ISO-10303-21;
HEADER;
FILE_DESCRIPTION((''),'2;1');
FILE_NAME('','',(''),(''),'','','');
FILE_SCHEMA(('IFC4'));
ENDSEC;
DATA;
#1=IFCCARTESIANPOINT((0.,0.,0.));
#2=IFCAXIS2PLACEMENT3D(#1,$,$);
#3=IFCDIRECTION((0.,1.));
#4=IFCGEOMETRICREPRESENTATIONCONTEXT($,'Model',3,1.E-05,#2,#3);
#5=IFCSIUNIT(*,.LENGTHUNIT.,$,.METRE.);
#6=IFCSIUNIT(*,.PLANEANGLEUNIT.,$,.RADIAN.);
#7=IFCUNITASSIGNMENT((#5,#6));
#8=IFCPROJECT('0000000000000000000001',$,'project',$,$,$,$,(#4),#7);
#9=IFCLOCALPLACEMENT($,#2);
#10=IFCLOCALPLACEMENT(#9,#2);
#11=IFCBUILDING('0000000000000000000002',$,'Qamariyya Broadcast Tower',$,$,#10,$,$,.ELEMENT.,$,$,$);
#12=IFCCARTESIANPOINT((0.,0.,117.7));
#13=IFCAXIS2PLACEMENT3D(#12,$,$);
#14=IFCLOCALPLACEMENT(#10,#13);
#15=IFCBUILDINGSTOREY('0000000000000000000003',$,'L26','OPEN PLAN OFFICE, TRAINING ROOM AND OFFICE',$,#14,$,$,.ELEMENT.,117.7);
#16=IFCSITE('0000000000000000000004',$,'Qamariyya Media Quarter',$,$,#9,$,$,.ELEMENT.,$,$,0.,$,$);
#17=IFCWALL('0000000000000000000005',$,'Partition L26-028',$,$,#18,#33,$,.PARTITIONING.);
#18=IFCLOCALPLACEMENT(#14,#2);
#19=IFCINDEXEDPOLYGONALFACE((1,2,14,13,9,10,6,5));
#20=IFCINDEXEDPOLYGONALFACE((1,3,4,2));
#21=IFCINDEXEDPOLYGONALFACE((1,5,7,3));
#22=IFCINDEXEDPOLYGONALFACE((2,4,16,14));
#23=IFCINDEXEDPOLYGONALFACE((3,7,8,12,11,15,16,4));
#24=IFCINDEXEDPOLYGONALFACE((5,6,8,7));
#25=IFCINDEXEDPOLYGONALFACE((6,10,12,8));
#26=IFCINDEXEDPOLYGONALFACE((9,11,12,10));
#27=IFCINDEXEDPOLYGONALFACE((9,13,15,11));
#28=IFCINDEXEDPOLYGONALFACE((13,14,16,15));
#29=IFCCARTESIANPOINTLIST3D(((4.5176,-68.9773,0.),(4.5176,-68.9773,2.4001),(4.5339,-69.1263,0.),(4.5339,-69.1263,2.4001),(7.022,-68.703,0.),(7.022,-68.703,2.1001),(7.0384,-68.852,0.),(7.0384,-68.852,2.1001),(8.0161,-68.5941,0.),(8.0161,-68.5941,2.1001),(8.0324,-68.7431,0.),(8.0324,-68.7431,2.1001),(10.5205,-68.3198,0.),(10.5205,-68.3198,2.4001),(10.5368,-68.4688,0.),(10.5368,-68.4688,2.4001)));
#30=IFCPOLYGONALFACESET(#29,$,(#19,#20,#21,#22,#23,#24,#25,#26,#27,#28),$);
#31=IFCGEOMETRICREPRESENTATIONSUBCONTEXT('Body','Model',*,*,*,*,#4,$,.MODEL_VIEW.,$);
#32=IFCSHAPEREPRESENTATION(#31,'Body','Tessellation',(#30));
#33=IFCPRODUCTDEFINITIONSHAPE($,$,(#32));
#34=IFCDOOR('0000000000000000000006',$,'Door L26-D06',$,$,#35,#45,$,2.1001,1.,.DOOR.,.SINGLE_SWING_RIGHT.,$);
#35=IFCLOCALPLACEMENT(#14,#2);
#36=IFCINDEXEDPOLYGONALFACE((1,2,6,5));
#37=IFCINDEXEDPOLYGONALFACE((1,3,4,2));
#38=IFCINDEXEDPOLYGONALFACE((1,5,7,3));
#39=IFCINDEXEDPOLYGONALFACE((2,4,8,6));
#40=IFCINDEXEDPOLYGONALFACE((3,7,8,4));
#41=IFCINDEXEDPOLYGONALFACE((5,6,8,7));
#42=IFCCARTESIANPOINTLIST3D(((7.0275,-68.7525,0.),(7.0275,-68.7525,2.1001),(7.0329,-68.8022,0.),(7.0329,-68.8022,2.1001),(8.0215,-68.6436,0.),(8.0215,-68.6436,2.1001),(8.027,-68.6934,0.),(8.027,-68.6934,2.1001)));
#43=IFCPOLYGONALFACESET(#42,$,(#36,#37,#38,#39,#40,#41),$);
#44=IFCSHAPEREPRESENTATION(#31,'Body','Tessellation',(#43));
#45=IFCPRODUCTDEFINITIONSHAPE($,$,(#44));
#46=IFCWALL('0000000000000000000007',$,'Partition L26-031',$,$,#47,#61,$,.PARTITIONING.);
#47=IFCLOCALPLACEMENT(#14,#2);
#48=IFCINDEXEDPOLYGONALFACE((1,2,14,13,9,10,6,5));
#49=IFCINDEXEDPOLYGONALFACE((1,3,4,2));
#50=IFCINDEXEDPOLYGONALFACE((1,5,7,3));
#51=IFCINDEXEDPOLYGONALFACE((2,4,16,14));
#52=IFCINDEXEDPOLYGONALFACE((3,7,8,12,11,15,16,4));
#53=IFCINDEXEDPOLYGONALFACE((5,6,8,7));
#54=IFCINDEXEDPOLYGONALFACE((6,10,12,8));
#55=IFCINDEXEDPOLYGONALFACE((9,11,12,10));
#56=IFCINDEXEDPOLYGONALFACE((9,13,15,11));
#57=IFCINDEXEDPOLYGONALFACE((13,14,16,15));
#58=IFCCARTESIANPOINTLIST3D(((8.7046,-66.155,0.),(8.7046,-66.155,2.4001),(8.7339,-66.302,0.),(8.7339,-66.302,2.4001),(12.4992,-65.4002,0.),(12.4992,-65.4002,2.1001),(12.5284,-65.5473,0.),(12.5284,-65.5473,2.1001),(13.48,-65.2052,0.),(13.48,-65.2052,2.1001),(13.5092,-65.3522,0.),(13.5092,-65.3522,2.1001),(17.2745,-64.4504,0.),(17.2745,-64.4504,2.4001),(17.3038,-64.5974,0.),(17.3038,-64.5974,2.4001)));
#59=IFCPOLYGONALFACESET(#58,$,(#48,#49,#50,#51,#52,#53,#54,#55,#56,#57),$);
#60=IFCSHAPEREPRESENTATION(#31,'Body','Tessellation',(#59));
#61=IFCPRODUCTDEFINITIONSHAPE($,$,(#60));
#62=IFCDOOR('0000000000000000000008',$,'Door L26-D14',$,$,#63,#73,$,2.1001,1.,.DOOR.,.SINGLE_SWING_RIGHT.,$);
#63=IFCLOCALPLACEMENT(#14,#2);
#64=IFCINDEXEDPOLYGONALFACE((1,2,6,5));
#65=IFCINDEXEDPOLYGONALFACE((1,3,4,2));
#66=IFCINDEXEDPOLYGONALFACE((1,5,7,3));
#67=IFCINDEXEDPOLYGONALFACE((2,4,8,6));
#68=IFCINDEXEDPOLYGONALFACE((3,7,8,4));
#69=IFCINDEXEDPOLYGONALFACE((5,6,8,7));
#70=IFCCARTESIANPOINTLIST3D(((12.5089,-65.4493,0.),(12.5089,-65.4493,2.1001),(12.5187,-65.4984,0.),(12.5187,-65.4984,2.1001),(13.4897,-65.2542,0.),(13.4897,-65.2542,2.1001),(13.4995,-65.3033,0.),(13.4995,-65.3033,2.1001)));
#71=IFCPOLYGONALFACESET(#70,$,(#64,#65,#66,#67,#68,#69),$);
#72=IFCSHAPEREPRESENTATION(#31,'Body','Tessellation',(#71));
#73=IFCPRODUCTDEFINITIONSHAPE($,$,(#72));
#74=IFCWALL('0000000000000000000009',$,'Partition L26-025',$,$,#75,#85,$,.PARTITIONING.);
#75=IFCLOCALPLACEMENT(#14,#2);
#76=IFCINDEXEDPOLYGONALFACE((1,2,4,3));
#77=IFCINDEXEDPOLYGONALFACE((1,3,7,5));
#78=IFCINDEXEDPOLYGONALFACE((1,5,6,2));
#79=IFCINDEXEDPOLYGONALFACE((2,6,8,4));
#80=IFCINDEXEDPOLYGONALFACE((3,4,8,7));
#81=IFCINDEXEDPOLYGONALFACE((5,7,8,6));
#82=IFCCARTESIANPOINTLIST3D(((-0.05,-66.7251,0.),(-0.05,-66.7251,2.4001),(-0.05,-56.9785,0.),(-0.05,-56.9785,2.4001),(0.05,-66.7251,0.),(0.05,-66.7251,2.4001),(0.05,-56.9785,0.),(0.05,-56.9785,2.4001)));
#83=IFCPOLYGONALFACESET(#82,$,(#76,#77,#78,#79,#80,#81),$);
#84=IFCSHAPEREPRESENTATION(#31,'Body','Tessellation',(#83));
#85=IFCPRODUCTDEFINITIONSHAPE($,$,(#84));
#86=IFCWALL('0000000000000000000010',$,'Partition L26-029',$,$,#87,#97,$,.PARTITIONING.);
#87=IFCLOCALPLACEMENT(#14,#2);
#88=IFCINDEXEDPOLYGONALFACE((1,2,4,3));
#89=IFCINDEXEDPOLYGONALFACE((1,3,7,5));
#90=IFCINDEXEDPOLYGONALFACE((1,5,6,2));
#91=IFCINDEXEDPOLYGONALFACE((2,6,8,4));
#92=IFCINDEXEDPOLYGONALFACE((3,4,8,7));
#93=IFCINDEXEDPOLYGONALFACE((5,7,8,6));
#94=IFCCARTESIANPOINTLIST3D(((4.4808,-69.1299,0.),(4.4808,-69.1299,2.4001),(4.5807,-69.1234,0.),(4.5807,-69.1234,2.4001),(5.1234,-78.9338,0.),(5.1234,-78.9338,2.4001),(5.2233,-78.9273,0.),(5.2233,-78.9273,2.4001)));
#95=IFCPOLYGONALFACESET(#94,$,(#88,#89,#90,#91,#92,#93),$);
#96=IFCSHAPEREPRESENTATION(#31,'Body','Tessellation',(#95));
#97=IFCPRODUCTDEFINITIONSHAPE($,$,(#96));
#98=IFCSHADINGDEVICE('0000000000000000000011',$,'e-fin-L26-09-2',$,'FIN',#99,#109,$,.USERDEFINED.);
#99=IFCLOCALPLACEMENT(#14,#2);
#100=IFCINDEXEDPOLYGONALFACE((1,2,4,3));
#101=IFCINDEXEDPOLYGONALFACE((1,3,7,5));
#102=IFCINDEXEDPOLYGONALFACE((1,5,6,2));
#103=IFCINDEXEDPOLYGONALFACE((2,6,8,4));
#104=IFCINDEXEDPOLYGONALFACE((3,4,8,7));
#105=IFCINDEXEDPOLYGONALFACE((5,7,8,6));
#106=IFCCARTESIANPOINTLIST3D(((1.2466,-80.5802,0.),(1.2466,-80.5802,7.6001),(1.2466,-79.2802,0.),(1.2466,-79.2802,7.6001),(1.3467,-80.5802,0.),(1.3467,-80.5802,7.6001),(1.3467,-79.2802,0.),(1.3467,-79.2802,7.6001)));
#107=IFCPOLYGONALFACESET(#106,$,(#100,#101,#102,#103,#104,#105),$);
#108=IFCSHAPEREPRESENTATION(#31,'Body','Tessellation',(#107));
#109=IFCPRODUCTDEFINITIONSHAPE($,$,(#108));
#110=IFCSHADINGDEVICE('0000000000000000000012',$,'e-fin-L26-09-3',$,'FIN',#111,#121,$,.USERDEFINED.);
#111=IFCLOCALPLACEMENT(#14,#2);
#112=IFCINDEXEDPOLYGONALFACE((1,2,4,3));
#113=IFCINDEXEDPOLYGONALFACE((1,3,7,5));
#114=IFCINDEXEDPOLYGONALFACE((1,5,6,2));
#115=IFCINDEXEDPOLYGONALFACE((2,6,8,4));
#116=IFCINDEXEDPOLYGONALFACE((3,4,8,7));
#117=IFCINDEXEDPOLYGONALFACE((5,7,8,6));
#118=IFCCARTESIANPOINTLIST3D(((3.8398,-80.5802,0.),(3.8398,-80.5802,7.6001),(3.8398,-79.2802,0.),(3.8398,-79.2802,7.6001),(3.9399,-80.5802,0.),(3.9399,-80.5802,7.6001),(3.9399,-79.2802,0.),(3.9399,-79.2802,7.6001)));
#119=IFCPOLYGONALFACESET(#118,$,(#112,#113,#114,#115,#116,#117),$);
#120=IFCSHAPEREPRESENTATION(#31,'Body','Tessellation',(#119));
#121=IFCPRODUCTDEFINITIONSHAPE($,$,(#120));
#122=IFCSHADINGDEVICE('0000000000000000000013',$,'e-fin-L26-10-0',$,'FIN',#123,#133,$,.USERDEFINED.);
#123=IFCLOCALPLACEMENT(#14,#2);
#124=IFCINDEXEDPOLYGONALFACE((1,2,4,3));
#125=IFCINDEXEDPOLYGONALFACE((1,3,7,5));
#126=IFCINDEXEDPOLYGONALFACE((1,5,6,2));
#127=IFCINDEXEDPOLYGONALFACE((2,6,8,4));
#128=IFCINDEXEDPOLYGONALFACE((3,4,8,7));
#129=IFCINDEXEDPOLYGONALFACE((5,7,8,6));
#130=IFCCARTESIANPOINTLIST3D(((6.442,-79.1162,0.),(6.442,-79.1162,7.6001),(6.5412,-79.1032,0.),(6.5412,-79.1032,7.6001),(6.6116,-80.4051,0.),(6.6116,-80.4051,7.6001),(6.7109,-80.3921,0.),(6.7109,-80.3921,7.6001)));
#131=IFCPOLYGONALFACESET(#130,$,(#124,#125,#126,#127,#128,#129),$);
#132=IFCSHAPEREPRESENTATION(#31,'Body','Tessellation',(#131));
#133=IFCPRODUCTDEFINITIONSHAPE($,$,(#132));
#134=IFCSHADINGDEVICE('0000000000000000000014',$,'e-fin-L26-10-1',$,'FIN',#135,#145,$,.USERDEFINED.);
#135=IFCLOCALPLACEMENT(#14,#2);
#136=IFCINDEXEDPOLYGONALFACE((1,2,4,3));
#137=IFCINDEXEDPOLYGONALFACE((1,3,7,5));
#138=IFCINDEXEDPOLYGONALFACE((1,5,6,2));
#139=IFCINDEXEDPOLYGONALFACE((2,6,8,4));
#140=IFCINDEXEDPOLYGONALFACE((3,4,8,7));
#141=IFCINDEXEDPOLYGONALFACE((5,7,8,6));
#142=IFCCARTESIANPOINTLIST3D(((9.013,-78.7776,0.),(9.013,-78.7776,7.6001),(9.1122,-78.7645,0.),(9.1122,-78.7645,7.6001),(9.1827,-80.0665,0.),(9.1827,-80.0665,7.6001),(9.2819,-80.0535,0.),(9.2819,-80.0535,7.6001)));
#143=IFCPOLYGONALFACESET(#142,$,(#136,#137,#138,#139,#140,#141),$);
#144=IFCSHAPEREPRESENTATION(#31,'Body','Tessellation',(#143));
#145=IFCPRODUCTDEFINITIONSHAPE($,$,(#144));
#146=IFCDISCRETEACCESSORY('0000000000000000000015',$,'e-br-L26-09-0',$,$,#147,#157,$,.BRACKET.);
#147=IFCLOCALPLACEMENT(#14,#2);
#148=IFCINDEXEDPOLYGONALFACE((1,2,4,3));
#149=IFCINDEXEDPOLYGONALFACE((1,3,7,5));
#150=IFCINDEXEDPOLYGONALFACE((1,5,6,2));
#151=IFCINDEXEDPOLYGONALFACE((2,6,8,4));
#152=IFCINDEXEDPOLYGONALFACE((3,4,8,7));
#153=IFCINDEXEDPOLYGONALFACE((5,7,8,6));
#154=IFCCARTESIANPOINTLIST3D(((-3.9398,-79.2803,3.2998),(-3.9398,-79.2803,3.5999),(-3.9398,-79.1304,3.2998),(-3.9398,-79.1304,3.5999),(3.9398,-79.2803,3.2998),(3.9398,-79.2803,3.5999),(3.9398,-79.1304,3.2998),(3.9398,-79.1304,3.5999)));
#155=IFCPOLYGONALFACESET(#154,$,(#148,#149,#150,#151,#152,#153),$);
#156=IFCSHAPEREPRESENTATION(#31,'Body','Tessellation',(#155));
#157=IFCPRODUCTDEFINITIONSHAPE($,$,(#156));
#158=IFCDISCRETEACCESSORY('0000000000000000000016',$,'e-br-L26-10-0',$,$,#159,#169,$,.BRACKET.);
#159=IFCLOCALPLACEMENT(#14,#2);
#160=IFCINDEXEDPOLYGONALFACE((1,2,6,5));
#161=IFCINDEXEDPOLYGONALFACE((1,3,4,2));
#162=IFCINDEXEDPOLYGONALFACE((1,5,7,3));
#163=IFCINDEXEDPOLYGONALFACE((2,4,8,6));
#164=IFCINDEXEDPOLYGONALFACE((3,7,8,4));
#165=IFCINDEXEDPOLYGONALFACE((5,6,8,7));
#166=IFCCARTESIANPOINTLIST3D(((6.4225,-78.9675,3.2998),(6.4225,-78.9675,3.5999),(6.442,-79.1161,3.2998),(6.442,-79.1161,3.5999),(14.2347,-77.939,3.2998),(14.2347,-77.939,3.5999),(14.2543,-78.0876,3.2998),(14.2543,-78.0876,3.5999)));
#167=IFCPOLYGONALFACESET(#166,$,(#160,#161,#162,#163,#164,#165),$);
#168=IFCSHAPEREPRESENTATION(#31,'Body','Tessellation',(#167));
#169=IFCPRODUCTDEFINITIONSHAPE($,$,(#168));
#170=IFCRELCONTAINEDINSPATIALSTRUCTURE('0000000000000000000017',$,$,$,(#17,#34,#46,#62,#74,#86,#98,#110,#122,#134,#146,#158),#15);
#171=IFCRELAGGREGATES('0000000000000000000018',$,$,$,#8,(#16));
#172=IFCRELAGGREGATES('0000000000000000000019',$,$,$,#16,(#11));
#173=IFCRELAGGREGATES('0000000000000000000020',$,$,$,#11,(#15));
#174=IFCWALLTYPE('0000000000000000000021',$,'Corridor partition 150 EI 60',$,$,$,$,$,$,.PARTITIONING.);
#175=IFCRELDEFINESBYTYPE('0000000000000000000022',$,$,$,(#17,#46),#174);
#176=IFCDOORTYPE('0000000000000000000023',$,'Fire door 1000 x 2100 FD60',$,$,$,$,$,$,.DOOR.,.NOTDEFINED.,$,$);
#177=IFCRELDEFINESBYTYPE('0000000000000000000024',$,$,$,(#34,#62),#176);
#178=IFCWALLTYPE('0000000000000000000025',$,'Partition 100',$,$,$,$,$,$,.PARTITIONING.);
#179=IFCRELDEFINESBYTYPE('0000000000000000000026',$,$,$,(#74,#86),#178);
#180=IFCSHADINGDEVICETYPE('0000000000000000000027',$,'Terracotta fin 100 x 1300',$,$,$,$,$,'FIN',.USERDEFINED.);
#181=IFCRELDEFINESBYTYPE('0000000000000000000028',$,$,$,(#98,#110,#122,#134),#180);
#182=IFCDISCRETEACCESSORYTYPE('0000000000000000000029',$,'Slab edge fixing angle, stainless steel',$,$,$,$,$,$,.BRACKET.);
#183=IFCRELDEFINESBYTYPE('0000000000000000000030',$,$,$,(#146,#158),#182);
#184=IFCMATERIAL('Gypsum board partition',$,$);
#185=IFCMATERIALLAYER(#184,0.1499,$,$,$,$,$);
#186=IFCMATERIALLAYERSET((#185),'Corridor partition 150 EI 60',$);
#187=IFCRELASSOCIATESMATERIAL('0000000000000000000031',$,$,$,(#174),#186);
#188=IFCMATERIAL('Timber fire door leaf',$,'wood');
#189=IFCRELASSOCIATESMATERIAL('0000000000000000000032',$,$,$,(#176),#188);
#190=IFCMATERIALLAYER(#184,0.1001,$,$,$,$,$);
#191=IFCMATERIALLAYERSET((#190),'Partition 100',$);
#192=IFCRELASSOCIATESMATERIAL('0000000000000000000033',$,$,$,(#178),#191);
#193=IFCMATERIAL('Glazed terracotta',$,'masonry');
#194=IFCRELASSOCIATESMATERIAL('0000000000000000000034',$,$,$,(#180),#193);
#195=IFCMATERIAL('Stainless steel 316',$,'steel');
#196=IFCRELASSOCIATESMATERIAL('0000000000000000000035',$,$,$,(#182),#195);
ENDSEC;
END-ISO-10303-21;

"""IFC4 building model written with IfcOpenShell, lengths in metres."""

from ifc_helpers import new_model, si_unit, direction, frame, frame_2d, origin, origin_2d, place, context, subcontext, project, spatial, rectangle, extrude, material, layer, layer_set, material_profile, profile_set, type_object, element, fill, save


model = new_model("IFC4")

# Units and contexts
model_context = context("Model", 3, precision=1e-05, world=origin(), true_north=direction((0.0, 1.0)))
body_context = subcontext(model_context, "Body", "Model", "MODEL_VIEW")
ifc_project = project(units=[si_unit("LENGTHUNIT", "METRE"), si_unit("PLANEANGLEUNIT", "RADIAN")], contexts=[model_context])

# Site, building, storey
site_placement = place(None, origin())
site = spatial("IfcSite", under=ifc_project, at=site_placement, Name="Qamariyya Media Quarter", CompositionType="ELEMENT", RefElevation=0.0)
building_placement = place(site_placement, origin())
building = spatial("IfcBuilding", under=site, at=building_placement, Name="Qamariyya Broadcast Tower", CompositionType="ELEMENT")
storey_placement = place(building_placement, frame((0.0, 0.0, 117.7)))
storey = spatial("IfcBuildingStorey", under=building, at=storey_placement, Name="L26", Description="OPEN PLAN OFFICE, TRAINING ROOM AND OFFICE", CompositionType="ELEMENT", Elevation=117.7)

# Walls, openings, doors
ifc_material_1 = material(Name="Gypsum board partition")
ifc_layer_1 = layer(ifc_material_1, 0.1499)
ifc_layer_set_1 = layer_set([ifc_layer_1], Name="Corridor partition 150 EI 60")
wall_type_1 = type_object("IfcWallType", Name="Corridor partition 150 EI 60", PredefinedType="PARTITIONING", material=ifc_layer_set_1)
ifc_material_2 = material(Name="Timber fire door leaf", Category="wood")
wall_1_placement = place(storey_placement, frame((10.5288, -68.3943, 0.0), z_axis=(0.0, 0.0, 1.0), x_axis=(-0.994056, -0.108874, 0.0)))
wall_1 = element("IfcWall", 1, at=wall_1_placement, inside=storey, type_object=wall_type_1, Name="Partition L26-028", PredefinedType="PARTITIONING", context=body_context, shape_type="SweptSolid", body=[
    extrude(rectangle(XDim=6.0388, YDim=0.1499, at=frame_2d((3.0195, 0.0))), origin(), (0.0, 0.0, 1.0), 2.4001),
])
opening_1_placement = place(wall_1_placement, frame((2.5195, 0.0, 0.0)))
opening_1 = element("IfcOpeningElement", 2, at=opening_1_placement, cuts=wall_1, PredefinedType="OPENING", context=body_context, shape_type="SweptSolid", body=[
    extrude(rectangle(XDim=1.0, YDim=2.1001, at=frame_2d((0.5, 1.05))), frame((0.0, 0.085, 0.0), z_axis=(0.0, -1.0, 0.0), x_axis=(1.0, 0.0, 0.0)), (0.0, 0.0, 1.0), 0.1699),
])
door_type_1 = type_object("IfcDoorType", Name="Fire door 1000 x 2100 FD60", OperationType="NOTDEFINED", PredefinedType="DOOR", material=ifc_material_2)
door_1_placement = place(opening_1_placement, origin())
door_1 = element("IfcDoor", 3, at=door_1_placement, inside=storey, type_object=door_type_1, Name="Door L26-D06", OperationType="SINGLE_SWING_RIGHT", OverallHeight=2.1001, OverallWidth=1.0, PredefinedType="DOOR", context=body_context, shape_type="SweptSolid", body=[
    extrude(rectangle(XDim=1.0, YDim=2.1001, at=frame_2d((0.5, 1.05))), frame((0.0, 0.0249, 0.0), z_axis=(0.0, -1.0, 0.0), x_axis=(1.0, 0.0, 0.0)), (0.0, 0.0, 1.0), 0.05),
])
fill(opening_1, door_1)
wall_2_placement = place(storey_placement, frame((8.7192, -66.2285, 0.0), z_axis=(0.0, 0.0, 1.0), x_axis=(0.980786, 0.195084, 0.0)))
wall_2 = element("IfcWall", 4, at=wall_2_placement, inside=storey, type_object=wall_type_1, Name="Partition L26-031", PredefinedType="PARTITIONING", context=body_context, shape_type="SweptSolid", body=[
    extrude(rectangle(XDim=8.7378, YDim=0.1499, at=frame_2d((4.3689, 0.0))), origin(), (0.0, 0.0, 1.0), 2.4001),
])
opening_2_placement = place(wall_2_placement, frame((3.8689, 0.0, 0.0)))
opening_2 = element("IfcOpeningElement", 5, at=opening_2_placement, cuts=wall_2, PredefinedType="OPENING", context=body_context, shape_type="SweptSolid", body=[
    extrude(rectangle(XDim=1.0, YDim=2.1001, at=frame_2d((0.5, 1.05))), frame((0.0, 0.085, 0.0), z_axis=(0.0, -1.0, 0.0), x_axis=(1.0, 0.0, 0.0)), (0.0, 0.0, 1.0), 0.1699),
])
door_2_placement = place(opening_2_placement, origin())
door_2 = element("IfcDoor", 6, at=door_2_placement, inside=storey, type_object=door_type_1, Name="Door L26-D14", OperationType="SINGLE_SWING_RIGHT", OverallHeight=2.1001, OverallWidth=1.0, PredefinedType="DOOR", context=body_context, shape_type="SweptSolid", body=[
    extrude(rectangle(XDim=1.0, YDim=2.1001, at=frame_2d((0.5, 1.05))), frame((0.0, 0.0249, 0.0), z_axis=(0.0, -1.0, 0.0), x_axis=(1.0, 0.0, 0.0)), (0.0, 0.0, 1.0), 0.05),
])
fill(opening_2, door_2)

# Walls
ifc_layer_2 = layer(ifc_material_1, 0.1001)
ifc_layer_set_2 = layer_set([ifc_layer_2], Name="Partition 100")
wall_type_2 = type_object("IfcWallType", Name="Partition 100", PredefinedType="PARTITIONING", material=ifc_layer_set_2)
wall_3_placement = place(storey_placement, frame((0.0, -56.9785, 0.0), z_axis=(0.0, 0.0, 1.0), x_axis=(0.0, -1.0, 0.0)))
element("IfcWall", 7, at=wall_3_placement, inside=storey, type_object=wall_type_2, Name="Partition L26-025", PredefinedType="PARTITIONING", context=body_context, shape_type="SweptSolid", body=[
    extrude(rectangle(XDim=9.7466, YDim=0.1001, at=frame_2d((4.8733, 0.0))), origin(), (0.0, 0.0, 1.0), 2.4001),
])
wall_4_placement = place(storey_placement, frame((5.1733, -78.9307, 0.0), z_axis=(0.0, 0.0, 1.0), x_axis=(-0.065402, 0.997859, 0.0)))
element("IfcWall", 8, at=wall_4_placement, inside=storey, type_object=wall_type_2, Name="Partition L26-029", PredefinedType="PARTITIONING", context=body_context, shape_type="SweptSolid", body=[
    extrude(rectangle(XDim=9.825, YDim=0.1001, at=frame_2d((4.9126, 0.0))), origin(), (0.0, 0.0, 1.0), 2.4001),
])

# Shading devices
ifc_material_3 = material(Name="Glazed terracotta", Category="masonry")
ifc_material_profile_1 = material_profile(ifc_material_3, rectangle(XDim=1.3, YDim=0.1001, at=origin_2d()))
ifc_profile_set_1 = profile_set([ifc_material_profile_1], Name="Glazed terracotta")
shading_device_type_1 = type_object("IfcShadingDeviceType", Name="Terracotta fin 100 x 1300", ElementType="FIN", PredefinedType="USERDEFINED", material=ifc_profile_set_1)
for number, where, z_axis, x_axis, name in (
    (9, (1.2966, -79.9302, 0.0), (0.0, 0.0, 1.0), (0.0, -1.0, 0.0), "e-fin-L26-09-2"),
    (10, (3.8899, -79.9302, 0.0), (0.0, 0.0, 1.0), (0.0, -1.0, 0.0), "e-fin-L26-09-3"),
    (11, (6.5764, -79.7542, 0.0), (0.0, 0.0, 1.0), (0.130526, -0.991445, 0.0), "e-fin-L26-10-0"),
    (12, (9.1475, -79.4155, 0.0), (0.0, 0.0, 1.0), (0.130526, -0.991445, 0.0), "e-fin-L26-10-1"),
):
    element("IfcShadingDevice", number, at=place(storey_placement, frame(where, z_axis=z_axis, x_axis=x_axis)), inside=storey, type_object=shading_device_type_1, Name=name, ObjectType="FIN", PredefinedType="USERDEFINED", context=body_context, shape_type="SweptSolid", body=[
        extrude(rectangle(XDim=1.3, YDim=0.1001, at=origin_2d()), origin(), (0.0, 0.0, 1.0), 7.6001),
    ])

# Discrete accessories
ifc_material_4 = material(Name="Stainless steel 316", Category="steel")
discrete_accessory_type = type_object("IfcDiscreteAccessoryType", Name="Slab edge fixing angle, stainless steel", PredefinedType="BRACKET", material=ifc_material_4)
for number, where, z_axis, x_axis, name in (
    (13, (0.0, -79.2053, 3.2998), (0.0, 0.0, 1.0), (1.0, 0.0, 0.0), "e-br-L26-09-0"),
    (14, (10.3384, -78.5276, 3.2998), (0.0, 0.0, 1.0), (0.991445, 0.130526, 0.0), "e-br-L26-10-0"),
):
    element("IfcDiscreteAccessory", number, at=place(storey_placement, frame(where, z_axis=z_axis, x_axis=x_axis)), inside=storey, type_object=discrete_accessory_type, Name=name, PredefinedType="BRACKET", context=body_context, shape_type="SweptSolid", body=[
        extrude(rectangle(XDim=7.8796, YDim=0.1499, at=origin_2d()), origin(), (0.0, 0.0, 1.0), 0.3),
    ])

save(model, "model.ifc")
